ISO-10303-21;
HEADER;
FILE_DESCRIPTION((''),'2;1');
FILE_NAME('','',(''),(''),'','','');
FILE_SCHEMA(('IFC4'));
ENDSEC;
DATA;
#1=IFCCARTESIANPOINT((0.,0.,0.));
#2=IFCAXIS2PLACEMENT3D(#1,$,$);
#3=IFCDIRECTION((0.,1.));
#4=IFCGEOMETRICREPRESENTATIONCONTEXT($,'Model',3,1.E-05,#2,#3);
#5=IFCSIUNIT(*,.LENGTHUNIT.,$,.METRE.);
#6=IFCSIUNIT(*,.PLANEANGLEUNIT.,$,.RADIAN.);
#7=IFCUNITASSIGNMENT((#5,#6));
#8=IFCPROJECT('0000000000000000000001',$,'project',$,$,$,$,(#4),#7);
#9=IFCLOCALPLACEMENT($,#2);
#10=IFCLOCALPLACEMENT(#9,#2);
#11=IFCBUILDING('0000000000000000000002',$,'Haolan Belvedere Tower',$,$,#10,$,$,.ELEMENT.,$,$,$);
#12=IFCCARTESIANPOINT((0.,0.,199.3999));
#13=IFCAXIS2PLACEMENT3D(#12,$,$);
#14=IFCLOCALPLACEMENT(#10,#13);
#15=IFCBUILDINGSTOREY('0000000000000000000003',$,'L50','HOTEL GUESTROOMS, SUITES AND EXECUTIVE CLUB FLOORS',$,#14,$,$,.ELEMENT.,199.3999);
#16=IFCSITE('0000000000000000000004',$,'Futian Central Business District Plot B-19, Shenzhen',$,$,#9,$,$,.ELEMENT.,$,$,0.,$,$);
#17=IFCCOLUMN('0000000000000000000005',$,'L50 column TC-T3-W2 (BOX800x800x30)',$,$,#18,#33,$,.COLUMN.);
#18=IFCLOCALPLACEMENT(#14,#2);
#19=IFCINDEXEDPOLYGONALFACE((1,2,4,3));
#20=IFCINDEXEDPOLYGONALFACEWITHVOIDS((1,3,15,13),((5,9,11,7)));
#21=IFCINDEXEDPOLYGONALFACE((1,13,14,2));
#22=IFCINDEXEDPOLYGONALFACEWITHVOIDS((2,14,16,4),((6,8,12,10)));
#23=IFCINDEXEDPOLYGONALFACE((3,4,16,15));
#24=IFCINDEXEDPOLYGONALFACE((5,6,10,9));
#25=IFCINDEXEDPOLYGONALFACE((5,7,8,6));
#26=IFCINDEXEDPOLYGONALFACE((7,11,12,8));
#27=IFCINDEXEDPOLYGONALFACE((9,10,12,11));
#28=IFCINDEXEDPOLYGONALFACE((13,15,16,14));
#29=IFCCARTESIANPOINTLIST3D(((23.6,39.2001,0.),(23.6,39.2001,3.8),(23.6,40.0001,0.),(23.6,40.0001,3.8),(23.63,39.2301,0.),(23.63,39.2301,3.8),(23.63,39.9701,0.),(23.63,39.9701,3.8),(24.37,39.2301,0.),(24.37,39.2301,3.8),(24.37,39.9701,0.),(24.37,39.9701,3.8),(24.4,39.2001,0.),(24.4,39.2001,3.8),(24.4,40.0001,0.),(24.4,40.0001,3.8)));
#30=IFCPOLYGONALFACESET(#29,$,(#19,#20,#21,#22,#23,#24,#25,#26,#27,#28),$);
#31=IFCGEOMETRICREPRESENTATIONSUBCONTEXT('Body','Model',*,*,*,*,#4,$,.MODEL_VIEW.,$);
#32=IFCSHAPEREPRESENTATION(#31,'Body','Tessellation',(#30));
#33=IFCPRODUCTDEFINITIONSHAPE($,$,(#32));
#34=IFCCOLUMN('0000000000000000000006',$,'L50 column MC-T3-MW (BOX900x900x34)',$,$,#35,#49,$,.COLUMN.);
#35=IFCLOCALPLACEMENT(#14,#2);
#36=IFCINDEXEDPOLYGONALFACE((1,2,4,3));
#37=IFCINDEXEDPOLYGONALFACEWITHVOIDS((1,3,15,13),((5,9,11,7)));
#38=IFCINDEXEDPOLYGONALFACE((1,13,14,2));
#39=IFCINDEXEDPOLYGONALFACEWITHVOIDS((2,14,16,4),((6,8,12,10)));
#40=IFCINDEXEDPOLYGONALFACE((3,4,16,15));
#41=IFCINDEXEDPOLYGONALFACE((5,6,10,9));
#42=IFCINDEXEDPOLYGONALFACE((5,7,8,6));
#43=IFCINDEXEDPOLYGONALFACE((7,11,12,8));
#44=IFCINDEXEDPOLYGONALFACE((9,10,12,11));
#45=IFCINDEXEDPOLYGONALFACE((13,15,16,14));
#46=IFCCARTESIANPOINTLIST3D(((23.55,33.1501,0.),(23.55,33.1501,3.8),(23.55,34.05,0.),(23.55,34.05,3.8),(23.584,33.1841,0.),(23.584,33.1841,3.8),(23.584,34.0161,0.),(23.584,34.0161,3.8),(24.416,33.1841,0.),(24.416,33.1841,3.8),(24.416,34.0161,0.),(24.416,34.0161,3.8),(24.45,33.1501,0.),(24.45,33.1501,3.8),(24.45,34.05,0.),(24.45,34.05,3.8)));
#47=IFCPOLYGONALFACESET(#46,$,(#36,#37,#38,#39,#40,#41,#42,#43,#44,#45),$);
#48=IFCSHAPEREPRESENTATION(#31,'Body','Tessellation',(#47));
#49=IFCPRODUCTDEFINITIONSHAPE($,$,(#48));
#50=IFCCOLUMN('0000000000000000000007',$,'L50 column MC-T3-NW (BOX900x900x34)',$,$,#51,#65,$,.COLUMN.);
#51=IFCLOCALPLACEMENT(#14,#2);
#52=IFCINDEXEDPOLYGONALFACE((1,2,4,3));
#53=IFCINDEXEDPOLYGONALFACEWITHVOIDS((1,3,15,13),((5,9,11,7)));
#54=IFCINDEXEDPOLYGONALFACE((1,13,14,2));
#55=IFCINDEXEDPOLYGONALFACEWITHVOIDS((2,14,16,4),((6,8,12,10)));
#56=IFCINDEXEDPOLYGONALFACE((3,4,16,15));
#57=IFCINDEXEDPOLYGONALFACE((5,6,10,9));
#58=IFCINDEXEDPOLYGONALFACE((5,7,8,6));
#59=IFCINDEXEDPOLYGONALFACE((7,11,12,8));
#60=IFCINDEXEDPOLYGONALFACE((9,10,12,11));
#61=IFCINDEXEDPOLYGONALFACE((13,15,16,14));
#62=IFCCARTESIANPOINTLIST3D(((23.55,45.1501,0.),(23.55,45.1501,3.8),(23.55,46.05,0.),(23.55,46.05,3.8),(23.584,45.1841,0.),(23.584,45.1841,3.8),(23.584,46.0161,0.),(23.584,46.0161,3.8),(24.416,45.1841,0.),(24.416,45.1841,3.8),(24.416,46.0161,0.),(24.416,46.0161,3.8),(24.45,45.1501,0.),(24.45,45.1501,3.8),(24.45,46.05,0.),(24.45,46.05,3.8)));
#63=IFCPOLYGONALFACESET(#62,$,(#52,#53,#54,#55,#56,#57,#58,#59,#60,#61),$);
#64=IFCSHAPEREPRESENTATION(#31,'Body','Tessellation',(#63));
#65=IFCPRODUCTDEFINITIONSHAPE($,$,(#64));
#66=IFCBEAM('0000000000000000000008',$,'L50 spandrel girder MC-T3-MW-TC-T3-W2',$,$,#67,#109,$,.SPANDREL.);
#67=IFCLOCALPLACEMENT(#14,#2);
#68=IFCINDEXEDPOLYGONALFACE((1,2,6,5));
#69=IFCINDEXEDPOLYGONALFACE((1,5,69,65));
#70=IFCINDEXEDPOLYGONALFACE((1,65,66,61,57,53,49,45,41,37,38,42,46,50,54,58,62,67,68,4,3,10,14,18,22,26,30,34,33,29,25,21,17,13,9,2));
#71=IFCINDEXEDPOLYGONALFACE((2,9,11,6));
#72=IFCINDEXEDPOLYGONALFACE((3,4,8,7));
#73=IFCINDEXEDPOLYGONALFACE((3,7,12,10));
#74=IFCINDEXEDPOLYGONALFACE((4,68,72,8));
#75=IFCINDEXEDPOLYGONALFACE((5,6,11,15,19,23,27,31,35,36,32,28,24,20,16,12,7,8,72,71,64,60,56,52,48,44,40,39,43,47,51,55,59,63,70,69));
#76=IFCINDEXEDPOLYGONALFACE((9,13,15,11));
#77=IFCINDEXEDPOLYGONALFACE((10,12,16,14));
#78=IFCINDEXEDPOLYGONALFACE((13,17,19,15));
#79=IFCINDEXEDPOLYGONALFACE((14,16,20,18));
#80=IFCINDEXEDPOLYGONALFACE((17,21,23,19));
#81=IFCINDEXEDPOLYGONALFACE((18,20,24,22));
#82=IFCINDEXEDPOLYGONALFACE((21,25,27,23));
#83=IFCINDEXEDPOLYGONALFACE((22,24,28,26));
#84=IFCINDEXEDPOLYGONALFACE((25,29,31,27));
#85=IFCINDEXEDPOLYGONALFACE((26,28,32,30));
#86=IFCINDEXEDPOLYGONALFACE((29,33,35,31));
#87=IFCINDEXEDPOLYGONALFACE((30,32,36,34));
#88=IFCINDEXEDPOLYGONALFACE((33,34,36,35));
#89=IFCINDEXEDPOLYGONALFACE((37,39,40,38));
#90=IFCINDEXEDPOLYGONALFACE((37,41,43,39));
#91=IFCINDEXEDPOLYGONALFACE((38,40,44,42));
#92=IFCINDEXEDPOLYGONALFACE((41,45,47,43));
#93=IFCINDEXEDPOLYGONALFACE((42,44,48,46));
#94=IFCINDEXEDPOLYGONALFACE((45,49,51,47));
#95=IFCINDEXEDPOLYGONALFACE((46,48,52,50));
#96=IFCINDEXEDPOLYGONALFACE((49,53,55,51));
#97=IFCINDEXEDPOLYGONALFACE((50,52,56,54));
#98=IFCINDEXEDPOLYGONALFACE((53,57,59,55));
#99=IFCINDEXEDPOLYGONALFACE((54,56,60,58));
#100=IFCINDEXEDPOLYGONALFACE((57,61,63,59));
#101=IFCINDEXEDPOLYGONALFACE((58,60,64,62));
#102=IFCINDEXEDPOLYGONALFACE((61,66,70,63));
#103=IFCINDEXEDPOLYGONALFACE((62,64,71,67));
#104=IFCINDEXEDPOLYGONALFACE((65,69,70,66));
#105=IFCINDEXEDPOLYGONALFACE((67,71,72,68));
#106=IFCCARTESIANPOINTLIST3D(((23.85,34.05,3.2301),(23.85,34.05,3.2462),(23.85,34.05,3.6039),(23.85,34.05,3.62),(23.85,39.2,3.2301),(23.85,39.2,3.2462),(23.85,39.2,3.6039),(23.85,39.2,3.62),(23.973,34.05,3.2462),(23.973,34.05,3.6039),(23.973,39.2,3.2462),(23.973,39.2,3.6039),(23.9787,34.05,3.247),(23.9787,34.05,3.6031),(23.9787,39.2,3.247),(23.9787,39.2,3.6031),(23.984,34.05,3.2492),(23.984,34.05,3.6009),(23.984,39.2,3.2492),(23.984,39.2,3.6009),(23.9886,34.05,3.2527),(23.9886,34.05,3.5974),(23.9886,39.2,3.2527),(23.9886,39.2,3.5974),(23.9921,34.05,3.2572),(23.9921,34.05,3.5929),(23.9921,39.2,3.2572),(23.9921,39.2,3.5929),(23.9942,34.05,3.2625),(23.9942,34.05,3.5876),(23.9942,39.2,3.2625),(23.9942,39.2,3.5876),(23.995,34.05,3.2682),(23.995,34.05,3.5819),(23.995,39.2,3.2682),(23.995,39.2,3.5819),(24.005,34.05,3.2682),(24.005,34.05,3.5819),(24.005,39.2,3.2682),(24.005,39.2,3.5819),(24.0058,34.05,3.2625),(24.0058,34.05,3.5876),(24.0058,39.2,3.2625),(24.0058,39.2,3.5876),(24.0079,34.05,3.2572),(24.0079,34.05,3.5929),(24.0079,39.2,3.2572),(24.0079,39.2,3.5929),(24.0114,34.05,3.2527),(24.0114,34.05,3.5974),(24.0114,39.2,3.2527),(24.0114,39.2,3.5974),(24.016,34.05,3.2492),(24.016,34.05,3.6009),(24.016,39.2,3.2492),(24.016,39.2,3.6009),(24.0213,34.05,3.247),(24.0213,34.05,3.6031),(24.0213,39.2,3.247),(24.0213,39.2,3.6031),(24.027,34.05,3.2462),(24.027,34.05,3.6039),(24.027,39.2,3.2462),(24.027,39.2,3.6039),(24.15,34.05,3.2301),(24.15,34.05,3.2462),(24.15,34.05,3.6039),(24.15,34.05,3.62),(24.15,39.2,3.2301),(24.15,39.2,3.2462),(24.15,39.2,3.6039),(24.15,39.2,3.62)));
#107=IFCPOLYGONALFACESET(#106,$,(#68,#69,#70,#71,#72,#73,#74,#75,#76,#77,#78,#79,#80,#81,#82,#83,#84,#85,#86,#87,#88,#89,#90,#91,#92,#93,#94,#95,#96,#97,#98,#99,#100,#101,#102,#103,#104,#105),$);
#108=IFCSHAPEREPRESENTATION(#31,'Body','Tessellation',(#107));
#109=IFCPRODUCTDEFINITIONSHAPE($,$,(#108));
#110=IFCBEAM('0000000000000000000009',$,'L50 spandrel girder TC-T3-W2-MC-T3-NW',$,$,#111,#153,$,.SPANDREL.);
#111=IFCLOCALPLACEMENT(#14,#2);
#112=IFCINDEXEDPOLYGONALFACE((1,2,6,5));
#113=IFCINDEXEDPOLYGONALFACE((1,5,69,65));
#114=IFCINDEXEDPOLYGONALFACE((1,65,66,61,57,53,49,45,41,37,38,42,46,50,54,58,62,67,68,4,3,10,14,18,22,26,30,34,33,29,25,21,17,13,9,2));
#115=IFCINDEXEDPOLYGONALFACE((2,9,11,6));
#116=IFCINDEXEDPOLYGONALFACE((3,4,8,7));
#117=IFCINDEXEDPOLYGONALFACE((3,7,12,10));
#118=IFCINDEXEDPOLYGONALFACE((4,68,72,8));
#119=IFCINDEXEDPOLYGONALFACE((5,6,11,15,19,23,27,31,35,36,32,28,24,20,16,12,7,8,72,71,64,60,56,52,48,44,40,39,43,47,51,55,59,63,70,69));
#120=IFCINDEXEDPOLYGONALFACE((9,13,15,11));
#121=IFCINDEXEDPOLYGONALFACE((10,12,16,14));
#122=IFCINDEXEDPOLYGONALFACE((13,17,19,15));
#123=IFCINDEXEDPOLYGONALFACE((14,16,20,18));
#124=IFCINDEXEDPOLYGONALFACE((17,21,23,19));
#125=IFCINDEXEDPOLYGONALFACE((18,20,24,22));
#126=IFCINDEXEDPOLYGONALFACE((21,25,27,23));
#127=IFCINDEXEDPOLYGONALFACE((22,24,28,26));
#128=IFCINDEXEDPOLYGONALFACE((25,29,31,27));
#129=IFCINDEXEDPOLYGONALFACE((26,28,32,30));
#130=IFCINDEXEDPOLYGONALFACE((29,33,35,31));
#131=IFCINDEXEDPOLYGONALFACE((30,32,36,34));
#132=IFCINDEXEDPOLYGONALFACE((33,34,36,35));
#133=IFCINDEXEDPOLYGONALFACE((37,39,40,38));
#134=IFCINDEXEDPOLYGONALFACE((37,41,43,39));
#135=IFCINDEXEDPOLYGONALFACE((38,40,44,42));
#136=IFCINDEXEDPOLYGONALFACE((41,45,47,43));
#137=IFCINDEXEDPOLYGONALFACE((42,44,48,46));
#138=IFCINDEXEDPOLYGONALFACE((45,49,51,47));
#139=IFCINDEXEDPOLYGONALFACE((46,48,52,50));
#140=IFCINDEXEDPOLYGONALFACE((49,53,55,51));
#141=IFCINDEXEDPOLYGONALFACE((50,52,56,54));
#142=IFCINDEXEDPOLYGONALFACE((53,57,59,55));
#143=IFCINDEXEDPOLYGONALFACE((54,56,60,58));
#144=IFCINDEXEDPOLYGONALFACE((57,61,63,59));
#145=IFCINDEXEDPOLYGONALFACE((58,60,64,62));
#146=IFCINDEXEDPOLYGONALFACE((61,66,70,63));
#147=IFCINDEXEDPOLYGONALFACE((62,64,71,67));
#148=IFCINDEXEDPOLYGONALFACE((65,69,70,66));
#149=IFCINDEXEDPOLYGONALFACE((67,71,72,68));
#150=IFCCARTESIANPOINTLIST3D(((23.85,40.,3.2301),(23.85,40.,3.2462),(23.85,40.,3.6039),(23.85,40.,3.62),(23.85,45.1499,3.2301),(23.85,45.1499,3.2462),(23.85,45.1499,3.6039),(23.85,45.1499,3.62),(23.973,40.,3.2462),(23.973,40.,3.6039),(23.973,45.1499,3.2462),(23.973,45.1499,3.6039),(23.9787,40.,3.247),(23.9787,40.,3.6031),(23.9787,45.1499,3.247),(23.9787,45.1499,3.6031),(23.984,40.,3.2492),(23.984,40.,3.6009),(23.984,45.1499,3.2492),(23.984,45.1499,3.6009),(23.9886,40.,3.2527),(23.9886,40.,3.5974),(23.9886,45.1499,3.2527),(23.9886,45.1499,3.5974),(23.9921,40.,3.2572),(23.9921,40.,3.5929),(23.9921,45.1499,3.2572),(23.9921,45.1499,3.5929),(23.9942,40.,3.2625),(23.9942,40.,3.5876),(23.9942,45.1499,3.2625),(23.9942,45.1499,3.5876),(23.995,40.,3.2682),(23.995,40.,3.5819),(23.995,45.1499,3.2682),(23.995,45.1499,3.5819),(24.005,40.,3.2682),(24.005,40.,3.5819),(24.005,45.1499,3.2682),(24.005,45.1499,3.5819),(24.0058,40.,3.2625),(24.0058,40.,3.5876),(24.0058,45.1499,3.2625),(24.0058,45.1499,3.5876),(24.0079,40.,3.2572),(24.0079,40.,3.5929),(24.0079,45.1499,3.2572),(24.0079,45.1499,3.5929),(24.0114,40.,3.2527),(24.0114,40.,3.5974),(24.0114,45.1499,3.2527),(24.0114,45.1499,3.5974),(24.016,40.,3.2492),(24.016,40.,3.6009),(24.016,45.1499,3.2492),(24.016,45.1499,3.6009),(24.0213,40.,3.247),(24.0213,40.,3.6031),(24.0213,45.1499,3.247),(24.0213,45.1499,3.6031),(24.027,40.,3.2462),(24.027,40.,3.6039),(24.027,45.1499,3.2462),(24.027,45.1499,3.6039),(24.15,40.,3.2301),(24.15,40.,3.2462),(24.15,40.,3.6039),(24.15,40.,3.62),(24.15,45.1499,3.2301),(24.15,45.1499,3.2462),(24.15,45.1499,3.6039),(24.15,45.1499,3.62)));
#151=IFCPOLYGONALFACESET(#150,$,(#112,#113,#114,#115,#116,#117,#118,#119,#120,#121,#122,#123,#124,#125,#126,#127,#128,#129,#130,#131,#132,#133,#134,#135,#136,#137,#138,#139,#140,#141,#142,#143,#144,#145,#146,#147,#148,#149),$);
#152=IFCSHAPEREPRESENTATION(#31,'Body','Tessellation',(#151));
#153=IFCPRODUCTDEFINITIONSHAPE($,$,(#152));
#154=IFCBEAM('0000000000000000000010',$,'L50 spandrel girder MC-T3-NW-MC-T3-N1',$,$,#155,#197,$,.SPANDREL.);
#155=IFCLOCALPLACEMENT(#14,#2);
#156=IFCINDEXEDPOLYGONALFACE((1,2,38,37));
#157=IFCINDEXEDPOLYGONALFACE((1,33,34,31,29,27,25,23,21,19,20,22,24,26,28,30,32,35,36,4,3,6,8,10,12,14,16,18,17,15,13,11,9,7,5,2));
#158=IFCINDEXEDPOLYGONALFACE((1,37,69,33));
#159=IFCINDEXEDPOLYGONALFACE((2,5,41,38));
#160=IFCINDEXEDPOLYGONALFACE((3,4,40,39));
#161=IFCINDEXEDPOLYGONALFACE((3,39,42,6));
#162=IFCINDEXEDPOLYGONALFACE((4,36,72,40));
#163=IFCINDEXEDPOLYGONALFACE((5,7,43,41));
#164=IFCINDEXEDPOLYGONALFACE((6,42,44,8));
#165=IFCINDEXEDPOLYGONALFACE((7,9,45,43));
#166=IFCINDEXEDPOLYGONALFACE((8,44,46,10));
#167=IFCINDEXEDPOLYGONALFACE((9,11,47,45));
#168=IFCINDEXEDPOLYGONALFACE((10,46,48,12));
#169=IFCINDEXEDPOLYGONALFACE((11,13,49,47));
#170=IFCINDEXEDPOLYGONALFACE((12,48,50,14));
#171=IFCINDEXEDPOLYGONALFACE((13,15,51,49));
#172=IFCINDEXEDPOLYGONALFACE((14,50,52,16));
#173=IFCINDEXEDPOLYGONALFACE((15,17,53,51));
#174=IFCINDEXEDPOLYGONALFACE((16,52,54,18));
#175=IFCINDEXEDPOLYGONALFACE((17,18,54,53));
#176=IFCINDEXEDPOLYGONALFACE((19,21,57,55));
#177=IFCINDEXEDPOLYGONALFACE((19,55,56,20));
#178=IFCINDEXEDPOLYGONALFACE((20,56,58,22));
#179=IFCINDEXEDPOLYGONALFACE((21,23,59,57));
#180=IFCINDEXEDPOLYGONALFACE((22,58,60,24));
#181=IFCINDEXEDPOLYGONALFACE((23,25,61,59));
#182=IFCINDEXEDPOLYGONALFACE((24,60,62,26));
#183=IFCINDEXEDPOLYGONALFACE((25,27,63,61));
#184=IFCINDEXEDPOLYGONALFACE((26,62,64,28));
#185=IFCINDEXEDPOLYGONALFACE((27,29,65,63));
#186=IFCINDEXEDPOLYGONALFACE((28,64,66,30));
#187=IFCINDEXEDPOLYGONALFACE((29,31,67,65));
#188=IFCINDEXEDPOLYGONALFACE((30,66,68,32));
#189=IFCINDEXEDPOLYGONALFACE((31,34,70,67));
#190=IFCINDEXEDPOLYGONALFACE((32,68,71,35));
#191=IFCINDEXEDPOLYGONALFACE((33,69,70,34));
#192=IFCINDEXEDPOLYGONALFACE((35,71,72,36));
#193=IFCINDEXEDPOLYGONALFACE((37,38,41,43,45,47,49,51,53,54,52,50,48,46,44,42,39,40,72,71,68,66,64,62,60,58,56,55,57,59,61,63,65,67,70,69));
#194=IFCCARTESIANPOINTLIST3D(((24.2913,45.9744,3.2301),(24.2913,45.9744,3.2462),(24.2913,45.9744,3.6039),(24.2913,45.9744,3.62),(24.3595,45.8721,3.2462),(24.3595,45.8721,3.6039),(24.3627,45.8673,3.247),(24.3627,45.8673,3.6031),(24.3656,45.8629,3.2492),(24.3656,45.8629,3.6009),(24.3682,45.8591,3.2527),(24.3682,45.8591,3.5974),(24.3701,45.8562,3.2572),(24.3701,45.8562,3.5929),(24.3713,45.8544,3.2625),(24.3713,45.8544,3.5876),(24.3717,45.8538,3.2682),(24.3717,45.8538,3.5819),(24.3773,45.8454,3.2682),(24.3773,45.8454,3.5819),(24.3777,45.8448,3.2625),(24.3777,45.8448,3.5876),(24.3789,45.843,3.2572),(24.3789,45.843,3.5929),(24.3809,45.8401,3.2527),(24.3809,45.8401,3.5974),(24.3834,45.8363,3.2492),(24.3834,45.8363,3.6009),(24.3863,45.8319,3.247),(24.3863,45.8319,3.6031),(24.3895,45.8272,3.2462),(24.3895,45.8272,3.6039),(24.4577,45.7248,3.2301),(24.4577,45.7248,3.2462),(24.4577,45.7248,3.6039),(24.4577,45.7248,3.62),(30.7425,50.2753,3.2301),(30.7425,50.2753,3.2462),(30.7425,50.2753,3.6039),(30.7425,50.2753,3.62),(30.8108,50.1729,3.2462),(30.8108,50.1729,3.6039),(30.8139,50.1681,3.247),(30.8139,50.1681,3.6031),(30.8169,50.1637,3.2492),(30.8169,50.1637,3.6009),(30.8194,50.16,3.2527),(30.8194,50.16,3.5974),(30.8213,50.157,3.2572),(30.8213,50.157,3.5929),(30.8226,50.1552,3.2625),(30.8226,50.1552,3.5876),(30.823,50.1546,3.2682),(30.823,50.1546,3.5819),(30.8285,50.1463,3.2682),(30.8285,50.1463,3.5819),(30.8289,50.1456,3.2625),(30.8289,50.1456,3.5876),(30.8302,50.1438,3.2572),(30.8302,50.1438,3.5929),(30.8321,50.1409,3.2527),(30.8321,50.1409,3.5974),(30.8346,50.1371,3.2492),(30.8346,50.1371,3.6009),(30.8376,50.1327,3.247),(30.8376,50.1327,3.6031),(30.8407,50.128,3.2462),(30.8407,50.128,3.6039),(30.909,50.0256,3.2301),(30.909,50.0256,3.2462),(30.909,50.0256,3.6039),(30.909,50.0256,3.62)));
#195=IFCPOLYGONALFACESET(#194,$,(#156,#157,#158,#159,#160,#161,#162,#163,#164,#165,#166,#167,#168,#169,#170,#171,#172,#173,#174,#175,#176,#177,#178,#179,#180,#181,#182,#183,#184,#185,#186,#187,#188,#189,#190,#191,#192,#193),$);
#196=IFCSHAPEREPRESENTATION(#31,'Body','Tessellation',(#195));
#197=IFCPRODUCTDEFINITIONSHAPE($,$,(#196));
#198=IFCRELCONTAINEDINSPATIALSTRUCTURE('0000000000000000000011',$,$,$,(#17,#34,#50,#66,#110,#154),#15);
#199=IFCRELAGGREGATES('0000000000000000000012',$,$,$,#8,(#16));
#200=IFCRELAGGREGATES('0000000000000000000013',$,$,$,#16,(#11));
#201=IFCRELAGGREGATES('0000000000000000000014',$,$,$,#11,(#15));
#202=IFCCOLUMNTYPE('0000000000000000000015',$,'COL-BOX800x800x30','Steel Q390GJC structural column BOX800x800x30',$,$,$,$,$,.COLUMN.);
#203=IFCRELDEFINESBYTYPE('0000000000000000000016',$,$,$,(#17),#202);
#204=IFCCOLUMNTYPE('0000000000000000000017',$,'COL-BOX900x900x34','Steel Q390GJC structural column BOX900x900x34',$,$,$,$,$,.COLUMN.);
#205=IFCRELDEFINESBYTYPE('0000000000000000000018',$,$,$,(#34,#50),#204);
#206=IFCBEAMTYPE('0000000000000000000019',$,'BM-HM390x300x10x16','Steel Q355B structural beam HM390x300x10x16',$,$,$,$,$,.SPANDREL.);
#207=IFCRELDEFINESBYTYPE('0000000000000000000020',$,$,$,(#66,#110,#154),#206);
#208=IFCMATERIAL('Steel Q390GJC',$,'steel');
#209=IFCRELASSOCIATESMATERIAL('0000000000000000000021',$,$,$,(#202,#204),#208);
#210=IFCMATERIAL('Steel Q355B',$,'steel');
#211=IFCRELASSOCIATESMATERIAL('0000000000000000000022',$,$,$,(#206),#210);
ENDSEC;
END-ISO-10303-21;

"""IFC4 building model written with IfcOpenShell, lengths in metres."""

from ifc_helpers import new_model, si_unit, direction, frame, origin, origin_2d, place, context, subcontext, project, spatial, hollow_rectangle, i_section, extrude, material, material_profile, profile_set, type_object, element, save


model = new_model("IFC4")

# Units and contexts
model_context = context("Model", 3, precision=1e-05, world=origin(), true_north=direction((0.0, 1.0)))
body_context = subcontext(model_context, "Body", "Model", "MODEL_VIEW")
ifc_project = project(units=[si_unit("LENGTHUNIT", "METRE"), si_unit("PLANEANGLEUNIT", "RADIAN")], contexts=[model_context])

# Site, building, storey
site_placement = place(None, origin())
site = spatial("IfcSite", under=ifc_project, at=site_placement, Name="Futian Central Business District Plot B-19, Shenzhen", CompositionType="ELEMENT", RefElevation=0.0)
building_placement = place(site_placement, origin())
building = spatial("IfcBuilding", under=site, at=building_placement, Name="Haolan Belvedere Tower", CompositionType="ELEMENT")
storey_placement = place(building_placement, frame((0.0, 0.0, 199.3999)))
storey = spatial("IfcBuildingStorey", under=building, at=storey_placement, Name="L50", Description="HOTEL GUESTROOMS, SUITES AND EXECUTIVE CLUB FLOORS", CompositionType="ELEMENT", Elevation=199.3999)

# Columns
ifc_material_1 = material(Name="Steel Q390GJC", Category="steel")
ifc_material_profile_1 = material_profile(ifc_material_1, hollow_rectangle(XDim=0.8, YDim=0.8, WallThickness=0.03, at=origin_2d()), Name="Steel Q390GJC")
ifc_profile_set_1 = profile_set([ifc_material_profile_1], Name="Steel Q390GJC")
column_type_1 = type_object("IfcColumnType", Name="COL-BOX800x800x30", Description="Steel Q390GJC structural column BOX800x800x30", PredefinedType="COLUMN", material=ifc_profile_set_1)
column_placement = place(storey_placement, frame((24.0, 39.6001, 0.0), z_axis=(0.0, 0.0, 1.0), x_axis=(1.0, 0.0, 0.0)))
element("IfcColumn", 1, at=column_placement, inside=storey, type_object=column_type_1, Name="L50 column TC-T3-W2 (BOX800x800x30)", PredefinedType="COLUMN", context=body_context, shape_type="SweptSolid", body=[
    extrude(hollow_rectangle(XDim=0.8, YDim=0.8, WallThickness=0.03, at=origin_2d()), origin(), (0.0, 0.0, 1.0), 3.8),
])
ifc_material_profile_2 = material_profile(ifc_material_1, hollow_rectangle(XDim=0.8999, YDim=0.8999, WallThickness=0.0339, at=origin_2d()), Name="Steel Q390GJC")
ifc_profile_set_2 = profile_set([ifc_material_profile_2], Name="Steel Q390GJC")
column_type_2 = type_object("IfcColumnType", Name="COL-BOX900x900x34", Description="Steel Q390GJC structural column BOX900x900x34", PredefinedType="COLUMN", material=ifc_profile_set_2)
for number, where, z_axis, x_axis, name in (
    (2, (24.0, 33.6001, 0.0), (0.0, 0.0, 1.0), (1.0, 0.0, 0.0), "L50 column MC-T3-MW (BOX900x900x34)"),
    (3, (24.0, 45.6001, 0.0), (0.0, 0.0, 1.0), (1.0, 0.0, 0.0), "L50 column MC-T3-NW (BOX900x900x34)"),
):
    element("IfcColumn", number, at=place(storey_placement, frame(where, z_axis=z_axis, x_axis=x_axis)), inside=storey, type_object=column_type_2, Name=name, PredefinedType="COLUMN", context=body_context, shape_type="SweptSolid", body=[
        extrude(hollow_rectangle(XDim=0.8999, YDim=0.8999, WallThickness=0.0339, at=origin_2d()), origin(), (0.0, 0.0, 1.0), 3.8),
    ])

# Beams
ifc_material_2 = material(Name="Steel Q355B", Category="steel")
ifc_material_profile_3 = material_profile(ifc_material_2, i_section(OverallWidth=0.3, OverallDepth=0.3899, WebThickness=0.01, FlangeThickness=0.0161, FilletRadius=0.022, at=origin_2d()), Name="Steel Q355B")
ifc_profile_set_3 = profile_set([ifc_material_profile_3], Name="Steel Q355B")
beam_type_1 = type_object("IfcBeamType", Name="BM-HM390x300x10x16", Description="Steel Q355B structural beam HM390x300x10x16", PredefinedType="SPANDREL", material=ifc_profile_set_3)
for number, where, z_axis, x_axis, name in (
    (4, (24.0, 34.05, 3.425), (0.0, 1.0, 0.0), (-1.0, 0.0, 0.0), "L50 spandrel girder MC-T3-MW-TC-T3-W2"),
    (5, (24.0, 40.0, 3.425), (0.0, 1.0, 0.0), (-1.0, 0.0, 0.0), "L50 spandrel girder TC-T3-W2-MC-T3-NW"),
):
    element("IfcBeam", number, at=place(storey_placement, frame(where, z_axis=z_axis, x_axis=x_axis)), inside=storey, type_object=beam_type_1, Name=name, PredefinedType="SPANDREL", context=body_context, shape_type="SweptSolid", body=[
        extrude(i_section(OverallWidth=0.3, OverallDepth=0.3899, WebThickness=0.01, FlangeThickness=0.0161, FilletRadius=0.022, at=origin_2d()), origin(), (0.0, 0.0, 1.0), 5.1499),
    ])
beam_1_placement = place(storey_placement, frame((24.3745, 45.8496, 3.425), z_axis=(0.83205, 0.5547, 0.0), x_axis=(-0.5547, 0.83205, 0.0)))
element("IfcBeam", 6, at=beam_1_placement, inside=storey, type_object=beam_type_1, Name="L50 spandrel girder MC-T3-NW-MC-T3-N1", PredefinedType="SPANDREL", context=body_context, shape_type="SweptSolid", body=[
    extrude(i_section(OverallWidth=0.3, OverallDepth=0.3899, WebThickness=0.01, FlangeThickness=0.0161, FilletRadius=0.022, at=origin_2d()), origin(), (0.0, 0.0, 1.0), 7.7534),
])

save(model, "model.ifc")
